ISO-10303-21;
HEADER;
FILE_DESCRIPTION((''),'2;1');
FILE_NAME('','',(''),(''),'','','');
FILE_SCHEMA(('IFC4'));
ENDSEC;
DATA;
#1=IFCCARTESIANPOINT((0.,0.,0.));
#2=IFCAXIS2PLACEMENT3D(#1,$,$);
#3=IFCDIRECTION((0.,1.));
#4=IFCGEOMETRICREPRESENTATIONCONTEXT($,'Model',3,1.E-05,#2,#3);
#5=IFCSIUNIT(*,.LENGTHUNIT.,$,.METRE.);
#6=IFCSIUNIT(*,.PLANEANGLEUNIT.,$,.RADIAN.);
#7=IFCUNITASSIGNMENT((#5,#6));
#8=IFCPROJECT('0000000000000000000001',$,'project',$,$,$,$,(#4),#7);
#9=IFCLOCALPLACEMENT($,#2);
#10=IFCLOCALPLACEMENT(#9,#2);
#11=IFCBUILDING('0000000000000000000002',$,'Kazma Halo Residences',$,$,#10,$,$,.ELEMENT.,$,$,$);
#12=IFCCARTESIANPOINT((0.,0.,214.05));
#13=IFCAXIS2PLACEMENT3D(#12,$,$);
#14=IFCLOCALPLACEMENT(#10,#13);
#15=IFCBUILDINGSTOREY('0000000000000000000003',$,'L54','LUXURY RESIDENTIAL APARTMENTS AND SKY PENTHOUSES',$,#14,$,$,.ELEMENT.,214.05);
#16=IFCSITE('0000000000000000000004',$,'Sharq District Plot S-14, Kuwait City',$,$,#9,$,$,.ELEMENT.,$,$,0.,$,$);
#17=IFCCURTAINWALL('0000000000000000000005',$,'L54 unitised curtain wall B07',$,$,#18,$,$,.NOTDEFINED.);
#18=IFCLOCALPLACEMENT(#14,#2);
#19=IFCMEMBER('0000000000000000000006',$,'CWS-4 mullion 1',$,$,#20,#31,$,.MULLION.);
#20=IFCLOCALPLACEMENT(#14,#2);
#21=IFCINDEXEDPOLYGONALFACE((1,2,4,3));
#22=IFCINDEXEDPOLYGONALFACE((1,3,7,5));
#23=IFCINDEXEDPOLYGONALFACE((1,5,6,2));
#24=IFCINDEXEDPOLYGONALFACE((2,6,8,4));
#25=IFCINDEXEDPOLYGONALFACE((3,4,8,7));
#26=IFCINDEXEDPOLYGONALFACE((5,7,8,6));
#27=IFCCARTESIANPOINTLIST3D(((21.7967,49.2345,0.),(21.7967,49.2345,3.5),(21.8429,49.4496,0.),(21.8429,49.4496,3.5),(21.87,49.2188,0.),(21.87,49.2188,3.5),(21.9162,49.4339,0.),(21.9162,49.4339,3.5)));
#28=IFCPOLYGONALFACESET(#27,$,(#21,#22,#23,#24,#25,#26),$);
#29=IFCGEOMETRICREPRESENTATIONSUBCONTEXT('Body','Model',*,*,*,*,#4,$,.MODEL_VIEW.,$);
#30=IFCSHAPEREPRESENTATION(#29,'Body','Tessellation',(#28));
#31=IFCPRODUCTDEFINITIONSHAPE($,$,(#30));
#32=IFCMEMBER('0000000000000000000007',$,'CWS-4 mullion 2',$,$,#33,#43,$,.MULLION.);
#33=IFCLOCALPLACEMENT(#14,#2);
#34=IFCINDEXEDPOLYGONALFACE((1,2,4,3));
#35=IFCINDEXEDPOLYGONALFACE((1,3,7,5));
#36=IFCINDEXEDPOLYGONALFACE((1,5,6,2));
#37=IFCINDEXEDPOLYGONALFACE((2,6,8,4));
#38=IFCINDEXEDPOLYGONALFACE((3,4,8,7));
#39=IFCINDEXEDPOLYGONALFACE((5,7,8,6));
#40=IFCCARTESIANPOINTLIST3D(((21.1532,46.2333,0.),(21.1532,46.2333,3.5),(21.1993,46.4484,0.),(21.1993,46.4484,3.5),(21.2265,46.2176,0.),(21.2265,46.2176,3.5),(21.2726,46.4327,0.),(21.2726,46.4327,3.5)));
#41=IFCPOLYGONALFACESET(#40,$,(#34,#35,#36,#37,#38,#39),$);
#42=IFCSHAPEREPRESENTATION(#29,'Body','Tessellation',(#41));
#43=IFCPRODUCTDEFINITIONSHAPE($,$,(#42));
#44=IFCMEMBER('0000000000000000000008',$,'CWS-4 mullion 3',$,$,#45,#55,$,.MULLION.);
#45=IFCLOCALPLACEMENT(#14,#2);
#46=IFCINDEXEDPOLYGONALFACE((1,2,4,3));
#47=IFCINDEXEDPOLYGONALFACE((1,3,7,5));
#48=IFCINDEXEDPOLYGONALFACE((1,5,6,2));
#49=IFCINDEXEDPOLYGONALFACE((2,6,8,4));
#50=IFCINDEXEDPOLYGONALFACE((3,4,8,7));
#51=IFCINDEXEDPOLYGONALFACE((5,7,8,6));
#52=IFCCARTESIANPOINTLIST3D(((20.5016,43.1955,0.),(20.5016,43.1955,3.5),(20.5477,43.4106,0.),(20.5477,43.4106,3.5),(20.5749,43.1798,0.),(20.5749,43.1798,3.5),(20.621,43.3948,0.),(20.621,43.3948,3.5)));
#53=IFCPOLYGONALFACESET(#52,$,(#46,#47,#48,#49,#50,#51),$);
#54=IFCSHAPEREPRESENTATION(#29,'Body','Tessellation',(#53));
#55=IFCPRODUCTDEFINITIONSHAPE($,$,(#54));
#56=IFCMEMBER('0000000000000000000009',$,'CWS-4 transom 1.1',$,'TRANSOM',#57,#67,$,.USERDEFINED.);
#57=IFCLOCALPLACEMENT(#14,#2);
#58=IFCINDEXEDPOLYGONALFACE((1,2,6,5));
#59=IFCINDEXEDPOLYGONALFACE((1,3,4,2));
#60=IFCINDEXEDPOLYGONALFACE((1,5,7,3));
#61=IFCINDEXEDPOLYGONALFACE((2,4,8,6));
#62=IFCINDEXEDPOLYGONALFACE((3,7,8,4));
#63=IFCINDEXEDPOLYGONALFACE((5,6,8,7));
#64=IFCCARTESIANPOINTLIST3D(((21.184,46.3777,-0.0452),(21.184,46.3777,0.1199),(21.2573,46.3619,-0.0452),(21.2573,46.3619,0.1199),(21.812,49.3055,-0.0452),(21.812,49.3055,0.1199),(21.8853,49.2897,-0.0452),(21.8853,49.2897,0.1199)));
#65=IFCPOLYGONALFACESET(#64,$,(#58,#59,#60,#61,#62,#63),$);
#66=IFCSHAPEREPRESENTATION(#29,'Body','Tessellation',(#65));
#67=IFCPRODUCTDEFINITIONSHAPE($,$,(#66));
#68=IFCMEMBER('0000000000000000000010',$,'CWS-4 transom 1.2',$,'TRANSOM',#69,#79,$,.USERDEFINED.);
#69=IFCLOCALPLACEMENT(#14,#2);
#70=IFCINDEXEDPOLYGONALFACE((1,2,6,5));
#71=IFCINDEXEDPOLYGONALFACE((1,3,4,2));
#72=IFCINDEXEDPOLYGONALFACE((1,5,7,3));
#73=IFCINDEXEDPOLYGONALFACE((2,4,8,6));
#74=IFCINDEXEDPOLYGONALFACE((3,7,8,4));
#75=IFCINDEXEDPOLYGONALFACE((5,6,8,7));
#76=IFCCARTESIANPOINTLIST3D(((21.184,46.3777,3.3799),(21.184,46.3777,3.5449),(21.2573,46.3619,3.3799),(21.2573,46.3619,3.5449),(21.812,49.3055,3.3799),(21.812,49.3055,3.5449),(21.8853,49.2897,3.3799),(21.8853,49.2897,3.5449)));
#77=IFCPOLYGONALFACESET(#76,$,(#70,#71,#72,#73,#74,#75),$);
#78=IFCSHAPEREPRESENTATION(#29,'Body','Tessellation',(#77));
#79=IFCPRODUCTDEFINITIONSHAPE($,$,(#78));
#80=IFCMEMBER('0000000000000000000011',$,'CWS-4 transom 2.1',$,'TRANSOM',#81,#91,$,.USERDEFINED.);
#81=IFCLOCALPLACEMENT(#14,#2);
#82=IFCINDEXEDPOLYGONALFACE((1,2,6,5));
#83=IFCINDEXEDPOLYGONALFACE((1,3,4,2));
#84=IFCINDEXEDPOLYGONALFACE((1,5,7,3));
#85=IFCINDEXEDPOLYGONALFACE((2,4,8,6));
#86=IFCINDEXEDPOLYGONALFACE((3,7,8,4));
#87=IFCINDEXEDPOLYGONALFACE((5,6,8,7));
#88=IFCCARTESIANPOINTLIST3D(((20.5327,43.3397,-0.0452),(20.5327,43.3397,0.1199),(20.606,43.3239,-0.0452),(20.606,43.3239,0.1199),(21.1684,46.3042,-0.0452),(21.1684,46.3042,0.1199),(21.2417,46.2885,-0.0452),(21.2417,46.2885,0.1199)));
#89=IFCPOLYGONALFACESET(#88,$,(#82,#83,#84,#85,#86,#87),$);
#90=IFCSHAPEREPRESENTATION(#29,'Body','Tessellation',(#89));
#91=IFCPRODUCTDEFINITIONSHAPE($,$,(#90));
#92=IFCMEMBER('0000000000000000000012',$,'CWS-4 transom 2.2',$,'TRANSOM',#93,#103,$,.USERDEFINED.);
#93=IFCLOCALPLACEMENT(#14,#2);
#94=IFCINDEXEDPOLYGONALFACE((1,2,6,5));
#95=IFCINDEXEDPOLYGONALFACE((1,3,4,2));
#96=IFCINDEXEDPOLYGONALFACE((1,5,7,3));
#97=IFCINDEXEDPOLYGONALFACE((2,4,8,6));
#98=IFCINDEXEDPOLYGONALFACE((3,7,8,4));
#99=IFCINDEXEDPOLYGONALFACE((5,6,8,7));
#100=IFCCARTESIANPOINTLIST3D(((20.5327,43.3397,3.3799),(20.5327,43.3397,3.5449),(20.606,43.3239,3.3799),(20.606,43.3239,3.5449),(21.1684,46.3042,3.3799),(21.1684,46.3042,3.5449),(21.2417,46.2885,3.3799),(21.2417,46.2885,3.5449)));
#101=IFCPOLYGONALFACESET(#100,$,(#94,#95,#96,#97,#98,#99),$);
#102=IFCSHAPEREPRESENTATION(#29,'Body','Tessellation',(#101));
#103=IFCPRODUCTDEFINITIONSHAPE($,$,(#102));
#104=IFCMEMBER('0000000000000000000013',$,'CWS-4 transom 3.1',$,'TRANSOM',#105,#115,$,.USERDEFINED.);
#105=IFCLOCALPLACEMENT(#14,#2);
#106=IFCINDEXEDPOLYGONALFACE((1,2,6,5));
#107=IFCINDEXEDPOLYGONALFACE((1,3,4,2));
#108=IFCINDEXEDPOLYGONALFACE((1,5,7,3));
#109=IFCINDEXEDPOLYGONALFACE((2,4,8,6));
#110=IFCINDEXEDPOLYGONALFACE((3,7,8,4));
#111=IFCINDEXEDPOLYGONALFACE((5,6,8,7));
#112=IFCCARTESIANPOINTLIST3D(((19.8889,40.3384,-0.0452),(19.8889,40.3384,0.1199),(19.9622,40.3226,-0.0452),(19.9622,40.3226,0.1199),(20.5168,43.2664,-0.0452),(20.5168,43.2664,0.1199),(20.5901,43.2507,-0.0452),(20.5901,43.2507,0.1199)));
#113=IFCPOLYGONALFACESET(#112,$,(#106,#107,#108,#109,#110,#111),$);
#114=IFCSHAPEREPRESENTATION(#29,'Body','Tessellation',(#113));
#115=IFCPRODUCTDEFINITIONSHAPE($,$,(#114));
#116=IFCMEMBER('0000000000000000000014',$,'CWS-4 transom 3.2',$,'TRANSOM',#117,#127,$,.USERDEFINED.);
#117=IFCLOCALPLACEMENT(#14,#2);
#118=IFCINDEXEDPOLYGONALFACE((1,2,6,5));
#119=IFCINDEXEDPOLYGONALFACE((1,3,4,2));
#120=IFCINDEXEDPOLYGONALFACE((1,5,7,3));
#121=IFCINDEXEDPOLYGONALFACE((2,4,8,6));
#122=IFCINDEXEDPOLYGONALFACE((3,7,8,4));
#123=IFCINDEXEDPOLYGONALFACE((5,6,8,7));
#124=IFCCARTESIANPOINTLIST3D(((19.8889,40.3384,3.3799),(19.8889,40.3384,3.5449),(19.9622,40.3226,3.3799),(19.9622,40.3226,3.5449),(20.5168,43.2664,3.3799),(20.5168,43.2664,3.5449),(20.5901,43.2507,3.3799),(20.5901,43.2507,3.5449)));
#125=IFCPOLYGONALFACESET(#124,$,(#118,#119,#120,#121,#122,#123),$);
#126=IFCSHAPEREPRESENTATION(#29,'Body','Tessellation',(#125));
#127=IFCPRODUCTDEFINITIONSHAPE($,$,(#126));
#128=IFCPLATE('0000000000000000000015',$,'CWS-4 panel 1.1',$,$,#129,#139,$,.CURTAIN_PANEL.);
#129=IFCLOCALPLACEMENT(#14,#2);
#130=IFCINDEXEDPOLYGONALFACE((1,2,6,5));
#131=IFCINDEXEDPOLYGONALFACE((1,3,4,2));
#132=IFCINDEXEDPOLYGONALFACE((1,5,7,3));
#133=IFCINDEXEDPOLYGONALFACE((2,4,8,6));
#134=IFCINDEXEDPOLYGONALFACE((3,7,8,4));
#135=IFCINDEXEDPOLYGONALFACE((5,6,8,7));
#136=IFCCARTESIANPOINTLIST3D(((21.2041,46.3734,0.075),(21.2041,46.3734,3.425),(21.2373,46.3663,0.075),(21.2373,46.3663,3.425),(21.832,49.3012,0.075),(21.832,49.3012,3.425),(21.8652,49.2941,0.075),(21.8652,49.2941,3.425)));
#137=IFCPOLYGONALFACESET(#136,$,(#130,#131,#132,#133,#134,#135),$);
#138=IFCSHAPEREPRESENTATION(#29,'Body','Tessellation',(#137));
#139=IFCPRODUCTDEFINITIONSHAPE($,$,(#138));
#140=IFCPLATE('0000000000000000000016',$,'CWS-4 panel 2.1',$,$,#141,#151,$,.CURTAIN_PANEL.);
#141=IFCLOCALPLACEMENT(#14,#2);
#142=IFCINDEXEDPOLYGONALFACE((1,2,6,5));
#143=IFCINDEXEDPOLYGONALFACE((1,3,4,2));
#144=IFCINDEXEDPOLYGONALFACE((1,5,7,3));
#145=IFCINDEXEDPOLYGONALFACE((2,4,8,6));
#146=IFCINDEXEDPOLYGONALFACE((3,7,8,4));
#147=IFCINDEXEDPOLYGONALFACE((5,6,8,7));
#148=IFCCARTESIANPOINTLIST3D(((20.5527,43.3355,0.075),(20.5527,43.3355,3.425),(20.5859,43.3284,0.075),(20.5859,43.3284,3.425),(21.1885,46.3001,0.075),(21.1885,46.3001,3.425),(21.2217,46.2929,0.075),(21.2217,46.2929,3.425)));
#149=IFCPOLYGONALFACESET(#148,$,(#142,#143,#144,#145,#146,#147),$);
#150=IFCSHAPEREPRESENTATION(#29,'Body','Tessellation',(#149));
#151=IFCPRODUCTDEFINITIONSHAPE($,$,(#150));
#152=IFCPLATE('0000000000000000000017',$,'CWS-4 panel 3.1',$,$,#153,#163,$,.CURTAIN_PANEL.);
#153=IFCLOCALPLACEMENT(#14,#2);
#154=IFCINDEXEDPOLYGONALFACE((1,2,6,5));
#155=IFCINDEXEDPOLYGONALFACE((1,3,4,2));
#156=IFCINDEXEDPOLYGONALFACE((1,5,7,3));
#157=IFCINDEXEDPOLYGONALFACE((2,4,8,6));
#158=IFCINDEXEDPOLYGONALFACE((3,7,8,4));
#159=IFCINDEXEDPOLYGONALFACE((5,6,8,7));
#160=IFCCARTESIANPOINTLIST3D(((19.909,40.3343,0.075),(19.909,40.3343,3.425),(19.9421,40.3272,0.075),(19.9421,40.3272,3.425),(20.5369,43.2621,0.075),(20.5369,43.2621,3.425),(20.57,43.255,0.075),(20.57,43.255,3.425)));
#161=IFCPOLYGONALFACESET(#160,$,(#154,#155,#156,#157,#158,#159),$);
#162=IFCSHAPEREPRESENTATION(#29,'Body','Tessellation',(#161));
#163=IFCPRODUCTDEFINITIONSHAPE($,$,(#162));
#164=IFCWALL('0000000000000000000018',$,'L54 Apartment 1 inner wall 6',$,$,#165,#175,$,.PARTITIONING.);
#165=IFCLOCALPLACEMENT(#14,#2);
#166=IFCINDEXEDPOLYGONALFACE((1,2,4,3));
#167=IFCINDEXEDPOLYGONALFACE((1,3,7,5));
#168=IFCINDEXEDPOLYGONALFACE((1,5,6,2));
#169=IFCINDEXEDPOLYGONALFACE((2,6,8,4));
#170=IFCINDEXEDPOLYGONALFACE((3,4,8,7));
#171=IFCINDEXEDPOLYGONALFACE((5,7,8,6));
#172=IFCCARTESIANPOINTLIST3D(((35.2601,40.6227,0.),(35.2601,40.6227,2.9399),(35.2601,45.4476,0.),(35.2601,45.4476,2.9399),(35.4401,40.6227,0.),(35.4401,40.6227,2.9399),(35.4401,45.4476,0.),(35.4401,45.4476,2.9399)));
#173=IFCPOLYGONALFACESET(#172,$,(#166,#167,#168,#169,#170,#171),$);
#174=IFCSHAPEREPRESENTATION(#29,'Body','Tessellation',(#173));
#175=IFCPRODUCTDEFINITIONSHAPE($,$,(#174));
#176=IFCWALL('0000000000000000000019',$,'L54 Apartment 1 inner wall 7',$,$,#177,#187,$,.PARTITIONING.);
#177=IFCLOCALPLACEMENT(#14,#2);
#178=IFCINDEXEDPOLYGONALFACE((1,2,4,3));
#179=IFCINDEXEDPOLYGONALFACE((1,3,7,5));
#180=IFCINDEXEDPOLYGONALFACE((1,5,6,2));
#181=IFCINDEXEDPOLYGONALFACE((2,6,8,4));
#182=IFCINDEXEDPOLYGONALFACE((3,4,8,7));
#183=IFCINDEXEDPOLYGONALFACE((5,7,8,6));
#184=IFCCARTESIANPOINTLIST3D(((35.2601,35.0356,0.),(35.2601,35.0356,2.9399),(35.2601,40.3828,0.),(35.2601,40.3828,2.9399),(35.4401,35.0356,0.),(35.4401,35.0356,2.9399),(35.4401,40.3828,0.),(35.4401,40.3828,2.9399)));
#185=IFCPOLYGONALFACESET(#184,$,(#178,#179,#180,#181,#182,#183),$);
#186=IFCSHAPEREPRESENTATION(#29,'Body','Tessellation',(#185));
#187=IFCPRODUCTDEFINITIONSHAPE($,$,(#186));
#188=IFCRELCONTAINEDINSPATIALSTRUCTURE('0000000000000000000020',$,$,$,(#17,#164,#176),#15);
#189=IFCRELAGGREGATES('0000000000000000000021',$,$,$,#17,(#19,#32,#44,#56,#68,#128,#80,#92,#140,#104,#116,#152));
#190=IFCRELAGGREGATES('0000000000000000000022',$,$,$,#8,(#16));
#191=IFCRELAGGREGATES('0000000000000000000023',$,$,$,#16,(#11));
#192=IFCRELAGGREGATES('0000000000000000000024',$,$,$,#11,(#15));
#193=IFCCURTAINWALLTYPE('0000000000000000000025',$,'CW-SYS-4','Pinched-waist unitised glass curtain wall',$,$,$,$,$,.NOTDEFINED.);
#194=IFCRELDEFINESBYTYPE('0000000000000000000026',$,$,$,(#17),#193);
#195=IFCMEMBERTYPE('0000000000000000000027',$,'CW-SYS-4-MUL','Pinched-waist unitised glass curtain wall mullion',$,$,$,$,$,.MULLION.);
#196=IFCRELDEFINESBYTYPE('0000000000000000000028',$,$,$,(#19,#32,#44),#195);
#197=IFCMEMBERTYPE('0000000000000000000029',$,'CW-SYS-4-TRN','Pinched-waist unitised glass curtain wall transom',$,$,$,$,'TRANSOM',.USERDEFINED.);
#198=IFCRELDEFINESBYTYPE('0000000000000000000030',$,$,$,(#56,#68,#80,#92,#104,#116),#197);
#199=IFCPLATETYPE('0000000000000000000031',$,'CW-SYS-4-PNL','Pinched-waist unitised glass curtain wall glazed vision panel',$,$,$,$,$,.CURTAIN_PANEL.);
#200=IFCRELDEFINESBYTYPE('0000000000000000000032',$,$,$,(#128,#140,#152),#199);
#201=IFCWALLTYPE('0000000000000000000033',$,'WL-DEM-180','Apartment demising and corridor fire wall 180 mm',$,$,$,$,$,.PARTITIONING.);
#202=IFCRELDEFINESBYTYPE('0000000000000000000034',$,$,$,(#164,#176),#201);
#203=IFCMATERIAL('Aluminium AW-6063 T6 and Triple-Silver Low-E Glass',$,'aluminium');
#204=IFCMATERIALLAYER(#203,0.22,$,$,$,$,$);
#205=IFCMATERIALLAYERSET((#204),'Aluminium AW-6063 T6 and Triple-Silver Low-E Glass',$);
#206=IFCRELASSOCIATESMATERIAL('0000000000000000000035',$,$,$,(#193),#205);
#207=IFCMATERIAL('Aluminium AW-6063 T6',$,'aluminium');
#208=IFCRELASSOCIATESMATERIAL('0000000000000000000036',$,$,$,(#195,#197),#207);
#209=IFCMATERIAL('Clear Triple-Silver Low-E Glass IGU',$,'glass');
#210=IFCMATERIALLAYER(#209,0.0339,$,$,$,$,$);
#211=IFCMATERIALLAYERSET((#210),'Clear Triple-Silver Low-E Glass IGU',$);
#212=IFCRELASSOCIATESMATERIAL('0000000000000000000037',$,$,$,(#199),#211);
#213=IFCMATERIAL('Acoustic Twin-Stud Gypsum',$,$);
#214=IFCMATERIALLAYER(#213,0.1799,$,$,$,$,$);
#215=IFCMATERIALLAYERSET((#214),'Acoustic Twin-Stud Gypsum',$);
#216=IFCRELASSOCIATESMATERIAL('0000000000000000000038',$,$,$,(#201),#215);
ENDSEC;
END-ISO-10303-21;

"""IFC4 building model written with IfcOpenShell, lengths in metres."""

from ifc_helpers import new_model, si_unit, direction, frame, frame_2d, origin, origin_2d, place, context, subcontext, project, spatial, rectangle, extrude, material, layer, layer_set, material_profile, profile_set, type_object, element, aggregate, save


model = new_model("IFC4")

# Units and contexts
model_context = context("Model", 3, precision=1e-05, world=origin(), true_north=direction((0.0, 1.0)))
body_context = subcontext(model_context, "Body", "Model", "MODEL_VIEW")
ifc_project = project(units=[si_unit("LENGTHUNIT", "METRE"), si_unit("PLANEANGLEUNIT", "RADIAN")], contexts=[model_context])

# Site, building, storey
site_placement = place(None, origin())
site = spatial("IfcSite", under=ifc_project, at=site_placement, Name="Sharq District Plot S-14, Kuwait City", CompositionType="ELEMENT", RefElevation=0.0)
building_placement = place(site_placement, origin())
building = spatial("IfcBuilding", under=site, at=building_placement, Name="Kazma Halo Residences", CompositionType="ELEMENT")
storey_placement = place(building_placement, frame((0.0, 0.0, 214.05)))
storey = spatial("IfcBuildingStorey", under=building, at=storey_placement, Name="L54", Description="LUXURY RESIDENTIAL APARTMENTS AND SKY PENTHOUSES", CompositionType="ELEMENT", Elevation=214.05)

# Curtain wall, members, plates
ifc_material_1 = material(Name="Aluminium AW-6063 T6 and Triple-Silver Low-E Glass", Category="aluminium")
ifc_layer_1 = layer(ifc_material_1, 0.22)
ifc_layer_set_1 = layer_set([ifc_layer_1], Name="Aluminium AW-6063 T6 and Triple-Silver Low-E Glass")
curtain_wall_type = type_object("IfcCurtainWallType", Name="CW-SYS-4", Description="Pinched-waist unitised glass curtain wall", PredefinedType="NOTDEFINED", material=ifc_layer_set_1)
curtain_wall_placement = place(storey_placement, origin())
curtain_wall = element("IfcCurtainWall", 1, at=curtain_wall_placement, inside=storey, type_object=curtain_wall_type, Name="L54 unitised curtain wall B07", PredefinedType="NOTDEFINED")
ifc_material_2 = material(Name="Aluminium AW-6063 T6", Category="aluminium")
ifc_material_profile_1 = material_profile(ifc_material_2, rectangle(XDim=0.075, YDim=0.22, at=origin_2d()), Name="CWM-75x220")
ifc_profile_set_1 = profile_set([ifc_material_profile_1], Name="Aluminium AW-6063 T6")
member_type_1 = type_object("IfcMemberType", Name="CW-SYS-4-MUL", Description="Pinched-waist unitised glass curtain wall mullion", PredefinedType="MULLION", material=ifc_profile_set_1)
member_1_placement = place(storey_placement, frame((21.8564, 49.3342, 0.0), z_axis=(0.0, 0.0, 1.0), x_axis=(0.977768, -0.20969, 0.0)))
member_1 = element("IfcMember", 2, at=member_1_placement, type_object=member_type_1, Name="CWS-4 mullion 1", PredefinedType="MULLION", context=body_context, shape_type="SweptSolid", body=[
    extrude(rectangle(XDim=0.075, YDim=0.22, at=origin_2d()), origin(), (0.0, 0.0, 1.0), 3.5),
])
member_2_placement = place(storey_placement, frame((21.2129, 46.333, 0.0), z_axis=(0.0, 0.0, 1.0), x_axis=(0.977768, -0.20969, 0.0)))
member_2 = element("IfcMember", 3, at=member_2_placement, type_object=member_type_1, Name="CWS-4 mullion 2", PredefinedType="MULLION", context=body_context, shape_type="SweptSolid", body=[
    extrude(rectangle(XDim=0.075, YDim=0.22, at=origin_2d()), origin(), (0.0, 0.0, 1.0), 3.5),
])
member_3_placement = place(storey_placement, frame((20.5613, 43.2952, 0.0), z_axis=(0.0, 0.0, 1.0), x_axis=(0.977768, -0.20969, 0.0)))
member_3 = element("IfcMember", 4, at=member_3_placement, type_object=member_type_1, Name="CWS-4 mullion 3", PredefinedType="MULLION", context=body_context, shape_type="SweptSolid", body=[
    extrude(rectangle(XDim=0.075, YDim=0.22, at=origin_2d()), origin(), (0.0, 0.0, 1.0), 3.5),
])
ifc_material_profile_2 = material_profile(ifc_material_2, rectangle(XDim=0.075, YDim=0.165, at=origin_2d()), Name="CWT-75x165")
ifc_profile_set_2 = profile_set([ifc_material_profile_2], Name="Aluminium AW-6063 T6")
member_type_2 = type_object("IfcMemberType", Name="CW-SYS-4-TRN", Description="Pinched-waist unitised glass curtain wall transom", ElementType="TRANSOM", PredefinedType="USERDEFINED", material=ifc_profile_set_2)
member_4_placement = place(storey_placement, frame((21.8486, 49.2976, 0.0374), z_axis=(-0.209707, -0.977764, 0.0), x_axis=(0.977764, -0.209707, 0.0)))
member_4 = element("IfcMember", 5, at=member_4_placement, type_object=member_type_2, Name="CWS-4 transom 1.1", ObjectType="TRANSOM", PredefinedType="USERDEFINED", context=body_context, shape_type="SweptSolid", body=[
    extrude(rectangle(XDim=0.075, YDim=0.165, at=origin_2d()), origin(), (0.0, 0.0, 1.0), 2.9944),
])
member_5_placement = place(storey_placement, frame((21.8486, 49.2976, 3.4624), z_axis=(-0.209707, -0.977764, 0.0), x_axis=(0.977764, -0.209707, 0.0)))
member_5 = element("IfcMember", 6, at=member_5_placement, type_object=member_type_2, Name="CWS-4 transom 1.2", ObjectType="TRANSOM", PredefinedType="USERDEFINED", context=body_context, shape_type="SweptSolid", body=[
    extrude(rectangle(XDim=0.075, YDim=0.165, at=origin_2d()), origin(), (0.0, 0.0, 1.0), 2.9944),
])
member_6_placement = place(storey_placement, frame((21.2051, 46.2964, 0.0374), z_axis=(-0.209678, -0.977771, 0.0), x_axis=(0.977771, -0.209678, 0.0)))
member_6 = element("IfcMember", 7, at=member_6_placement, type_object=member_type_2, Name="CWS-4 transom 2.1", ObjectType="TRANSOM", PredefinedType="USERDEFINED", context=body_context, shape_type="SweptSolid", body=[
    extrude(rectangle(XDim=0.075, YDim=0.165, at=origin_2d()), origin(), (0.0, 0.0, 1.0), 3.032),
])
member_7_placement = place(storey_placement, frame((21.2051, 46.2964, 3.4624), z_axis=(-0.209678, -0.977771, 0.0), x_axis=(0.977771, -0.209678, 0.0)))
member_7 = element("IfcMember", 8, at=member_7_placement, type_object=member_type_2, Name="CWS-4 transom 2.2", ObjectType="TRANSOM", PredefinedType="USERDEFINED", context=body_context, shape_type="SweptSolid", body=[
    extrude(rectangle(XDim=0.075, YDim=0.165, at=origin_2d()), origin(), (0.0, 0.0, 1.0), 3.032),
])
member_8_placement = place(storey_placement, frame((20.5535, 43.2585, 0.0374), z_axis=(-0.209691, -0.977768, 0.0), x_axis=(0.977768, -0.209691, 0.0)))
member_8 = element("IfcMember", 9, at=member_8_placement, type_object=member_type_2, Name="CWS-4 transom 3.1", ObjectType="TRANSOM", PredefinedType="USERDEFINED", context=body_context, shape_type="SweptSolid", body=[
    extrude(rectangle(XDim=0.075, YDim=0.165, at=origin_2d()), origin(), (0.0, 0.0, 1.0), 2.9946),
])
member_9_placement = place(storey_placement, frame((20.5535, 43.2585, 3.4624), z_axis=(-0.209691, -0.977768, 0.0), x_axis=(0.977768, -0.209691, 0.0)))
member_9 = element("IfcMember", 10, at=member_9_placement, type_object=member_type_2, Name="CWS-4 transom 3.2", ObjectType="TRANSOM", PredefinedType="USERDEFINED", context=body_context, shape_type="SweptSolid", body=[
    extrude(rectangle(XDim=0.075, YDim=0.165, at=origin_2d()), origin(), (0.0, 0.0, 1.0), 2.9946),
])
ifc_material_3 = material(Name="Clear Triple-Silver Low-E Glass IGU", Category="glass")
ifc_layer_2 = layer(ifc_material_3, 0.0339)
ifc_layer_set_2 = layer_set([ifc_layer_2], Name="Clear Triple-Silver Low-E Glass IGU")
plate_type = type_object("IfcPlateType", Name="CW-SYS-4-PNL", Description="Pinched-waist unitised glass curtain wall glazed vision panel", PredefinedType="CURTAIN_PANEL", material=ifc_layer_set_2)
plate_1_placement = place(storey_placement, frame((21.5347, 47.8337, 0.075), z_axis=(0.0, 0.0, 1.0), x_axis=(-0.20969, -0.977768, 0.0)))
plate_1 = element("IfcPlate", 11, at=plate_1_placement, type_object=plate_type, Name="CWS-4 panel 1.1", PredefinedType="CURTAIN_PANEL", context=body_context, shape_type="SweptSolid", body=[
    extrude(rectangle(XDim=2.9944, YDim=0.0339, at=origin_2d()), origin(), (0.0, 0.0, 1.0), 3.3501),
])
plate_2_placement = place(storey_placement, frame((20.8872, 44.8142, 0.075), z_axis=(0.0, 0.0, 1.0), x_axis=(-0.20969, -0.977768, 0.0)))
plate_2 = element("IfcPlate", 12, at=plate_2_placement, type_object=plate_type, Name="CWS-4 panel 2.1", PredefinedType="CURTAIN_PANEL", context=body_context, shape_type="SweptSolid", body=[
    extrude(rectangle(XDim=3.032, YDim=0.0339, at=origin_2d()), origin(), (0.0, 0.0, 1.0), 3.3501),
])
plate_3_placement = place(storey_placement, frame((20.2395, 41.7947, 0.075), z_axis=(0.0, 0.0, 1.0), x_axis=(-0.20969, -0.977768, 0.0)))
plate_3 = element("IfcPlate", 13, at=plate_3_placement, type_object=plate_type, Name="CWS-4 panel 3.1", PredefinedType="CURTAIN_PANEL", context=body_context, shape_type="SweptSolid", body=[
    extrude(rectangle(XDim=2.9944, YDim=0.0339, at=origin_2d()), origin(), (0.0, 0.0, 1.0), 3.3501),
])
aggregate(curtain_wall, [member_1, member_2, member_3, member_4, member_5, plate_1, member_6, member_7, plate_2, member_8, member_9, plate_3])

# Walls
ifc_material_4 = material(Name="Acoustic Twin-Stud Gypsum")
ifc_layer_3 = layer(ifc_material_4, 0.1799)
ifc_layer_set_3 = layer_set([ifc_layer_3], Name="Acoustic Twin-Stud Gypsum")
wall_type_1 = type_object("IfcWallType", Name="WL-DEM-180", Description="Apartment demising and corridor fire wall 180 mm", PredefinedType="PARTITIONING", material=ifc_layer_set_3)
wall_1_placement = place(storey_placement, frame((35.3501, 45.4478, 0.0), z_axis=(0.0, 0.0, 1.0), x_axis=(0.0, -1.0, 0.0)))
element("IfcWall", 14, at=wall_1_placement, inside=storey, type_object=wall_type_1, Name="L54 Apartment 1 inner wall 6", PredefinedType="PARTITIONING", context=body_context, shape_type="SweptSolid", body=[
    extrude(rectangle(XDim=4.825, YDim=0.1799, at=frame_2d((2.4126, 0.0))), origin(), (0.0, 0.0, 1.0), 2.9399),
])
wall_2_placement = place(storey_placement, frame((35.3501, 40.3828, 0.0), z_axis=(0.0, 0.0, 1.0), x_axis=(0.0, -1.0, 0.0)))
element("IfcWall", 15, at=wall_2_placement, inside=storey, type_object=wall_type_1, Name="L54 Apartment 1 inner wall 7", PredefinedType="PARTITIONING", context=body_context, shape_type="SweptSolid", body=[
    extrude(rectangle(XDim=5.3472, YDim=0.1799, at=frame_2d((2.6736, 0.0))), origin(), (0.0, 0.0, 1.0), 2.9399),
])

save(model, "model.ifc")
